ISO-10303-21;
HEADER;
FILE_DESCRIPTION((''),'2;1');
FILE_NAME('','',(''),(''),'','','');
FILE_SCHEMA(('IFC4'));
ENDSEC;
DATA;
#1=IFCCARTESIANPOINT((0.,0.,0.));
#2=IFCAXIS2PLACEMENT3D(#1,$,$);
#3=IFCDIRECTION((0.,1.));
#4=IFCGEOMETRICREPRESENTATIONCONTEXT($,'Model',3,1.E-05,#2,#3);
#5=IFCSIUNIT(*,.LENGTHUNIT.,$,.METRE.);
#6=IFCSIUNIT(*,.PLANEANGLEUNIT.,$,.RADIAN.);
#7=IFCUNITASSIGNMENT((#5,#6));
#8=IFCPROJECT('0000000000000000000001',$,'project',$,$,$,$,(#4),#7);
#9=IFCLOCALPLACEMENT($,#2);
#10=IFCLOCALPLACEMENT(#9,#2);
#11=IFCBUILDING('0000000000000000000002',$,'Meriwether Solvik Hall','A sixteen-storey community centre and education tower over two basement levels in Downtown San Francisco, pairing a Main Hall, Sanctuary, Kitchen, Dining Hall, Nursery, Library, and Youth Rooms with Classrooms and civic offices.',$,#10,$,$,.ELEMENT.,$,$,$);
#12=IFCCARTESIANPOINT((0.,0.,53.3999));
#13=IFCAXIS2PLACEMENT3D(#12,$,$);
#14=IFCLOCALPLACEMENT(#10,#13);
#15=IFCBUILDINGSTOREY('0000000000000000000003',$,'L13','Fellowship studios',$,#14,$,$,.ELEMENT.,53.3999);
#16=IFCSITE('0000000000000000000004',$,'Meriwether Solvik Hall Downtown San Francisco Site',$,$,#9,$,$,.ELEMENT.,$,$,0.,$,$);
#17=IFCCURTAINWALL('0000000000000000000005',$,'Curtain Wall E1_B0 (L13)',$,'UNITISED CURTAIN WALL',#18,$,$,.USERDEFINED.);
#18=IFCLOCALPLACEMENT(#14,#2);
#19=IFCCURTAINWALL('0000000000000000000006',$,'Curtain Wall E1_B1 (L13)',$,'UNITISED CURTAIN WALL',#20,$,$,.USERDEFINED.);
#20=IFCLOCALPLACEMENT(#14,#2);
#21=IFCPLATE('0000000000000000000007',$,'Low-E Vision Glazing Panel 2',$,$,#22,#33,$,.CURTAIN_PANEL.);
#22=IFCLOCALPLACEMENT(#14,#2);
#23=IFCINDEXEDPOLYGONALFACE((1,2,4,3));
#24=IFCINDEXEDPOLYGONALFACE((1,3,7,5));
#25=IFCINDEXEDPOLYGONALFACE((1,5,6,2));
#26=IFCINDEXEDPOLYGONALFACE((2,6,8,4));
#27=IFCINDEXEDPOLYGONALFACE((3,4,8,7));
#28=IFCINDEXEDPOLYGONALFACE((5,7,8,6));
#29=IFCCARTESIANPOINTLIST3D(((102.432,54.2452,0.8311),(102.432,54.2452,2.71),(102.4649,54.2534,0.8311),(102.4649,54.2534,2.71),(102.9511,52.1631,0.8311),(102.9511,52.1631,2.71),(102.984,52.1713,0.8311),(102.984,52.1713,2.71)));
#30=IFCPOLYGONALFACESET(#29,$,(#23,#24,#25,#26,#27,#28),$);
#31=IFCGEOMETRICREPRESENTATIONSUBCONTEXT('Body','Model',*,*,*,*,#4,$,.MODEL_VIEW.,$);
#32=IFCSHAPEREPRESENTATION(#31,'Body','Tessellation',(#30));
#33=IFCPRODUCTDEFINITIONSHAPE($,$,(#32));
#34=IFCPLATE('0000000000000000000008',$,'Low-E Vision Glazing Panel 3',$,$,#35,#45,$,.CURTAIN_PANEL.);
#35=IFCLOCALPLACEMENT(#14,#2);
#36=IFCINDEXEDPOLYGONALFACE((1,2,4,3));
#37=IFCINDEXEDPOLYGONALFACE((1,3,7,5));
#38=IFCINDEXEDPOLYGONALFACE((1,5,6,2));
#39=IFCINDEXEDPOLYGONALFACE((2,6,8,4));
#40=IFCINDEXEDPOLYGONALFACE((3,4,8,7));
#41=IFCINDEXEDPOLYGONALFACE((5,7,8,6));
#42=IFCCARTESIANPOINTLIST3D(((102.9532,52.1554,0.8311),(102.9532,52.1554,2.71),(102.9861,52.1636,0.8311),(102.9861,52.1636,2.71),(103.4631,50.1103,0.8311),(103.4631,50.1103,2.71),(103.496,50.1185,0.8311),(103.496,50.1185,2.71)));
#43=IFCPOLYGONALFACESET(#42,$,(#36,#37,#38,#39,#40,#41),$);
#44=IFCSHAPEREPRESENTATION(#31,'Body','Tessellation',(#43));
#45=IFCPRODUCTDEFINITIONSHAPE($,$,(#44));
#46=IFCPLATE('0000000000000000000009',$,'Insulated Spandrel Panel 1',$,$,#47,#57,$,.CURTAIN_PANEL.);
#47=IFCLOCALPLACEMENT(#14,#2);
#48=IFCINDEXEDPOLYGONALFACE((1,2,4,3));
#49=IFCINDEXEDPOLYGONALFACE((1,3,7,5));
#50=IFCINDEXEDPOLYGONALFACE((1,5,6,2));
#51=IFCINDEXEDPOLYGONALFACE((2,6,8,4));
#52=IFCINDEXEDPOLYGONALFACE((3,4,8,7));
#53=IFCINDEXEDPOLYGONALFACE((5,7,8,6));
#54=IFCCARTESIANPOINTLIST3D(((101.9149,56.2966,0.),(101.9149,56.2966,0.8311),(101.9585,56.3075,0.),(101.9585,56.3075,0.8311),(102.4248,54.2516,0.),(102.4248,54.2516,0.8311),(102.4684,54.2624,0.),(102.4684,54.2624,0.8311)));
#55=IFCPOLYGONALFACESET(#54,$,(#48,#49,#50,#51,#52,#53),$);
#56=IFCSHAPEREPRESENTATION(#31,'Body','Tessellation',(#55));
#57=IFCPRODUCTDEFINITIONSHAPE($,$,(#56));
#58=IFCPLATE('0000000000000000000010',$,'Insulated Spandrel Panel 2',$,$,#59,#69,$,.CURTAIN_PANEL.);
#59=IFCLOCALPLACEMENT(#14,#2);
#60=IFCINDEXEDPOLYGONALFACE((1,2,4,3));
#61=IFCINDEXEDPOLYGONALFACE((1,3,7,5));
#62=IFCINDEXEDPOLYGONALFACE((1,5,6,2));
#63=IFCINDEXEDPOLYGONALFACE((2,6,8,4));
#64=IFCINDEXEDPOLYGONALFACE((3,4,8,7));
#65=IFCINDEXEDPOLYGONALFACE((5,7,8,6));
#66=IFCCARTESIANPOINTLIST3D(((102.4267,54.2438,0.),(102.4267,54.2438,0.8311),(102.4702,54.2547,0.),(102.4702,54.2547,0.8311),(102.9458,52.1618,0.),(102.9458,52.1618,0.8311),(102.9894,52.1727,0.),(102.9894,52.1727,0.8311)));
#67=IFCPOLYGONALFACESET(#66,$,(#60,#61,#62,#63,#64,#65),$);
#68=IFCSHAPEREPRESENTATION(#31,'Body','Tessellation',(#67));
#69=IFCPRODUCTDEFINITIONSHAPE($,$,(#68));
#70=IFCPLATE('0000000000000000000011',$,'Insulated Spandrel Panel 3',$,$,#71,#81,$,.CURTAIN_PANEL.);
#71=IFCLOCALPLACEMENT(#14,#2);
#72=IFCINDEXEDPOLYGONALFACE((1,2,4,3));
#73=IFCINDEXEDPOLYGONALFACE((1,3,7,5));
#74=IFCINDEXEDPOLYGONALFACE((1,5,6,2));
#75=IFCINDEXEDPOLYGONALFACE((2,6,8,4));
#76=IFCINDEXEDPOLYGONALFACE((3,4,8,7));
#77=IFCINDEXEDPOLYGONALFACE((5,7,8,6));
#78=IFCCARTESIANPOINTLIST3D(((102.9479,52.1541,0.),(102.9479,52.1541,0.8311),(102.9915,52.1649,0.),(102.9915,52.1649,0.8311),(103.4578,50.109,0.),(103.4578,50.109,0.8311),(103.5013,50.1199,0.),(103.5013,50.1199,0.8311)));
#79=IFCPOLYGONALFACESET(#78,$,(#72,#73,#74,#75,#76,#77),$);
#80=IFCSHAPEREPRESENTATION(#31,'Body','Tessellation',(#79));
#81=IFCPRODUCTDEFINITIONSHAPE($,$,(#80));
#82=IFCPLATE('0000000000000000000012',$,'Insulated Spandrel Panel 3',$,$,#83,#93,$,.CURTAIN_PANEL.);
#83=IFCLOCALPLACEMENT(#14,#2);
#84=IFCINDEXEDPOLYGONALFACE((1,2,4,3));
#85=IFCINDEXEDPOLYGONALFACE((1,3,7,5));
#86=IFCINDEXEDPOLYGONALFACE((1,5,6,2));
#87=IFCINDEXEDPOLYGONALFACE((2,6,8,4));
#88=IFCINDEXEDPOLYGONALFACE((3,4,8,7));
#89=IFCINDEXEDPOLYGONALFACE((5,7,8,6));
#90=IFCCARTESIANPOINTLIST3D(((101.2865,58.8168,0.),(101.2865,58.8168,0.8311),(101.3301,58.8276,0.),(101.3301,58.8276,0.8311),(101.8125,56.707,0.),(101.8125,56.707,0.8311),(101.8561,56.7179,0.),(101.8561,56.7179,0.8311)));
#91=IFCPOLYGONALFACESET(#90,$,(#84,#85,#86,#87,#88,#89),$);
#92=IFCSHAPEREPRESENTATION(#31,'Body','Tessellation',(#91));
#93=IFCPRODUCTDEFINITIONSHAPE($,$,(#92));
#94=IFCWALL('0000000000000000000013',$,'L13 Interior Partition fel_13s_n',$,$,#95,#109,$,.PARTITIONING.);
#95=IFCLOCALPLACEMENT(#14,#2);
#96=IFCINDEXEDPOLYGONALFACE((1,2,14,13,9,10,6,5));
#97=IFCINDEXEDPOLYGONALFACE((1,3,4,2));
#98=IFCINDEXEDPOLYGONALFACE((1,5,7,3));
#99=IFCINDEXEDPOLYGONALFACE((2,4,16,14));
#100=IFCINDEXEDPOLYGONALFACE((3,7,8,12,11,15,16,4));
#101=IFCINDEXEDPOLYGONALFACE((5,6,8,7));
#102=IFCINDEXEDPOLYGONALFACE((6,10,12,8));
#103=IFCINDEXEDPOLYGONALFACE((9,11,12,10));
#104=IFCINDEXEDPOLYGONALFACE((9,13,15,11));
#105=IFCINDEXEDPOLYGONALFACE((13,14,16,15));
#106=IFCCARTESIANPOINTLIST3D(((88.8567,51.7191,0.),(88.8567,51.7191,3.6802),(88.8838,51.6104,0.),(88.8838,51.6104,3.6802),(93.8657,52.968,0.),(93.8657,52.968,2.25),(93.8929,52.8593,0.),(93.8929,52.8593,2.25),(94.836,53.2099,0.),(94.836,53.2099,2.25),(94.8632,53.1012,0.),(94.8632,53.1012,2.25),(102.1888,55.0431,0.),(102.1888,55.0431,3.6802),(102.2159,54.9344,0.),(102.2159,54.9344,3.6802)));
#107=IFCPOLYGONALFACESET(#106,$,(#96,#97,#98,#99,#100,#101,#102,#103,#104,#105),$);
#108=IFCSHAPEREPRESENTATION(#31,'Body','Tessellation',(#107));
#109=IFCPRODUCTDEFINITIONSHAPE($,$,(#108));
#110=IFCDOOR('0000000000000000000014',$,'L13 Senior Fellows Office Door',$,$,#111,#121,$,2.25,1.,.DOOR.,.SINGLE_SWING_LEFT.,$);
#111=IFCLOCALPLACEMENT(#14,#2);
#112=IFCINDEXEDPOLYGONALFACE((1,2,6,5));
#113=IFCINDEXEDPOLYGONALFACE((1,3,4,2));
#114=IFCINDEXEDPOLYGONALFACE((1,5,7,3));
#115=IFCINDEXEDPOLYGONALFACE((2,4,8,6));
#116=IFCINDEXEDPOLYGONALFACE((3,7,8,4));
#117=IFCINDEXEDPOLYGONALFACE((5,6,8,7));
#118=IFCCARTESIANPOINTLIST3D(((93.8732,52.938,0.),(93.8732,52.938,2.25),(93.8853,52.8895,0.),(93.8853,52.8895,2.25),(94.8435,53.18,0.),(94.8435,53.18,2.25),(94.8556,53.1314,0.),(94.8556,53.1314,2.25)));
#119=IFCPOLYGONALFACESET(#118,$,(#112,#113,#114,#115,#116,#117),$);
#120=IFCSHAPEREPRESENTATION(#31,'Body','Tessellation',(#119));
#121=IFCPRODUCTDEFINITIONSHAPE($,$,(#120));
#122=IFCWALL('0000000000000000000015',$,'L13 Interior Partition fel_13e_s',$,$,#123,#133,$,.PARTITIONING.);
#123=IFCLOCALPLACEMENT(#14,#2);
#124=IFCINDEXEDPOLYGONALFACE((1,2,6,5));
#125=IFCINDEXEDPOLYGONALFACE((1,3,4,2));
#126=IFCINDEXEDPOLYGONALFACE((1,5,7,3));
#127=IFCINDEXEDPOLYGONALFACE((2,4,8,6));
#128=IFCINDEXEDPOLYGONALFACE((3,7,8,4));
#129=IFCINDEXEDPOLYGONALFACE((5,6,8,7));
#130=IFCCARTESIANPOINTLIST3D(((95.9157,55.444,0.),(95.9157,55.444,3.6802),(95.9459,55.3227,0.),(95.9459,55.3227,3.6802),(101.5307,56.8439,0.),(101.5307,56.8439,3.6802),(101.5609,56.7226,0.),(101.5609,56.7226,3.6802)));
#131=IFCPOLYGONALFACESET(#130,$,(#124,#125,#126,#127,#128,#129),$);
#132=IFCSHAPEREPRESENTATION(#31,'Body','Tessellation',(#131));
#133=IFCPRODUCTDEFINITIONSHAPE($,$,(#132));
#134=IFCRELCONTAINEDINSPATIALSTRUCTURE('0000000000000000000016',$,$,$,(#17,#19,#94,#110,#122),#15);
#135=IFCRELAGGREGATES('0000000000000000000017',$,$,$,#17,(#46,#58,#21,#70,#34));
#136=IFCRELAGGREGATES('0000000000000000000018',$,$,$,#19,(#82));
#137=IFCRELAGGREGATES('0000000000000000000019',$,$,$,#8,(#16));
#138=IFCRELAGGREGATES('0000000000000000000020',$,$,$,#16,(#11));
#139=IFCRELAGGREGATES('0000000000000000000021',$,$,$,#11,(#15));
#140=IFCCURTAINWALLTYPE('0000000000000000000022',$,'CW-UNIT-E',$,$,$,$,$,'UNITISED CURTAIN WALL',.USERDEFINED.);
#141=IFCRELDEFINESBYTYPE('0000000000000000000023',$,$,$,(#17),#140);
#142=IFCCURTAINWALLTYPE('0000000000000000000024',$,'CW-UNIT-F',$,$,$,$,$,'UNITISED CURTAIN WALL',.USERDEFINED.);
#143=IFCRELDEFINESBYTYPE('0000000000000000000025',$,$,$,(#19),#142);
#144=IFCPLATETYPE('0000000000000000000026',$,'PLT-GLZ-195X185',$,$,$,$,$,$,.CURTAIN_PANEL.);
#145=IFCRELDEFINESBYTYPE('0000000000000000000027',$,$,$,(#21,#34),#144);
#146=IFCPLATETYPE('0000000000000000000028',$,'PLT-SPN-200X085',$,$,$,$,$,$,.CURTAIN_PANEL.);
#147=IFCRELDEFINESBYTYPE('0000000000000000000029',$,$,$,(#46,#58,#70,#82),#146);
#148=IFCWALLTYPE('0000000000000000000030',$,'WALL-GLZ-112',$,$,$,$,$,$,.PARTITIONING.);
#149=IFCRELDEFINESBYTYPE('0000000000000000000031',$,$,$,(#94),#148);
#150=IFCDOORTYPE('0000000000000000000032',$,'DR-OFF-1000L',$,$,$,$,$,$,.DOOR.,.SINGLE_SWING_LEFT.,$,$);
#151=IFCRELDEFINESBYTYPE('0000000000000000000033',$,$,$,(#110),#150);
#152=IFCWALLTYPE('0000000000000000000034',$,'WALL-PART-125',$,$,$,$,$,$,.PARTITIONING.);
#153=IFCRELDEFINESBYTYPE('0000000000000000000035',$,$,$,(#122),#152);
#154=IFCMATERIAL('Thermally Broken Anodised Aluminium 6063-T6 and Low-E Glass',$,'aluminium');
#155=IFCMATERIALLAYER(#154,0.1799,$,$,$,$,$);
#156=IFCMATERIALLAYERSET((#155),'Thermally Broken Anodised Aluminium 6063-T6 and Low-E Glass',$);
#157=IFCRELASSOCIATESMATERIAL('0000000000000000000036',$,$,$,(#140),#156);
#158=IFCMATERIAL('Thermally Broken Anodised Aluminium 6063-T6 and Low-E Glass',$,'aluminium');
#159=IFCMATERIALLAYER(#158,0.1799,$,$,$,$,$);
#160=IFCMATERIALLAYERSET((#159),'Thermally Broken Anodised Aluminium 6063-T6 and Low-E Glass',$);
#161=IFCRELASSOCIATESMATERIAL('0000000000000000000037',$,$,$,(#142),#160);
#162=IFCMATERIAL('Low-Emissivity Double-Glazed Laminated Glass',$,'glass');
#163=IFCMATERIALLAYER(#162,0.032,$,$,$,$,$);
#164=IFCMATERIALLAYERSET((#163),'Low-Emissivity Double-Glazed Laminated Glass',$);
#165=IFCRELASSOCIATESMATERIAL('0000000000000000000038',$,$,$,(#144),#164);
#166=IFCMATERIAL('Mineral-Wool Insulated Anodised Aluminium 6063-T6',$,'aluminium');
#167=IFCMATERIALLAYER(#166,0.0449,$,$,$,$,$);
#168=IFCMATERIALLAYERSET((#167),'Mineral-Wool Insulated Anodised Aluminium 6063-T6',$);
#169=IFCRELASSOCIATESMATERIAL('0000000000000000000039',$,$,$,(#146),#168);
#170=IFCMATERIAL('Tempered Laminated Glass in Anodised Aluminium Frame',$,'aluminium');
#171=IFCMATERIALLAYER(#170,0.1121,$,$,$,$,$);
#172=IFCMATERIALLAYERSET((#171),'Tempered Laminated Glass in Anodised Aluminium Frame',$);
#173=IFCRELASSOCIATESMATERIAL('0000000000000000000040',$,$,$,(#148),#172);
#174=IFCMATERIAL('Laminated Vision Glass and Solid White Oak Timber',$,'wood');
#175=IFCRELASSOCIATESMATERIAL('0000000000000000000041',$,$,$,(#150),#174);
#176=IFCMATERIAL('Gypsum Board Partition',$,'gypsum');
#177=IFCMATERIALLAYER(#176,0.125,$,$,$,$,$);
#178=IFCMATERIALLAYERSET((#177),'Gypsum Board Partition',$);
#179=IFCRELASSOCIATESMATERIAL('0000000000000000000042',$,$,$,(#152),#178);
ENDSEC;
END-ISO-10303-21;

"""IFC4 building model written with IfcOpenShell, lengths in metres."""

from ifc_helpers import new_model, si_unit, direction, frame, frame_2d, origin, origin_2d, place, context, subcontext, project, spatial, rectangle, extrude, material, layer, layer_set, type_object, element, fill, aggregate, save


model = new_model("IFC4")

# Units and contexts
model_context = context("Model", 3, precision=1e-05, world=origin(), true_north=direction((0.0, 1.0)))
body_context = subcontext(model_context, "Body", "Model", "MODEL_VIEW")
ifc_project = project(units=[si_unit("LENGTHUNIT", "METRE"), si_unit("PLANEANGLEUNIT", "RADIAN")], contexts=[model_context])

# Site, building, storey
site_placement = place(None, origin())
site = spatial("IfcSite", under=ifc_project, at=site_placement, Name="Meriwether Solvik Hall Downtown San Francisco Site", CompositionType="ELEMENT", RefElevation=0.0)
building_placement = place(site_placement, origin())
building = spatial("IfcBuilding", under=site, at=building_placement, Name="Meriwether Solvik Hall", Description="A sixteen-storey community centre and education tower over two basement levels in Downtown San Francisco, pairing a Main Hall, Sanctuary, Kitchen, Dining Hall, Nursery, Library, and Youth Rooms with Classrooms and civic offices.", CompositionType="ELEMENT")
storey_placement = place(building_placement, frame((0.0, 0.0, 53.3999)))
storey = spatial("IfcBuildingStorey", under=building, at=storey_placement, Name="L13", Description="Fellowship studios", CompositionType="ELEMENT", Elevation=53.3999)

# Curtain walls
ifc_material_1 = material(Name="Thermally Broken Anodised Aluminium 6063-T6 and Low-E Glass", Category="aluminium")
ifc_layer_1 = layer(ifc_material_1, 0.1799)
ifc_layer_set_1 = layer_set([ifc_layer_1], Name="Thermally Broken Anodised Aluminium 6063-T6 and Low-E Glass")
curtain_wall_type_1 = type_object("IfcCurtainWallType", Name="CW-UNIT-E", ElementType="UNITISED CURTAIN WALL", PredefinedType="USERDEFINED", material=ifc_layer_set_1)
curtain_wall_1_placement = place(storey_placement, origin())
curtain_wall_1 = element("IfcCurtainWall", 1, at=curtain_wall_1_placement, inside=storey, type_object=curtain_wall_type_1, Name="Curtain Wall E1_B0 (L13)", ObjectType="UNITISED CURTAIN WALL", PredefinedType="USERDEFINED")
ifc_material_2 = material(Name="Thermally Broken Anodised Aluminium 6063-T6 and Low-E Glass", Category="aluminium")
ifc_layer_2 = layer(ifc_material_2, 0.1799)
ifc_layer_set_2 = layer_set([ifc_layer_2], Name="Thermally Broken Anodised Aluminium 6063-T6 and Low-E Glass")
curtain_wall_type_2 = type_object("IfcCurtainWallType", Name="CW-UNIT-F", ElementType="UNITISED CURTAIN WALL", PredefinedType="USERDEFINED", material=ifc_layer_set_2)
curtain_wall_2_placement = place(storey_placement, origin())
curtain_wall_2 = element("IfcCurtainWall", 2, at=curtain_wall_2_placement, inside=storey, type_object=curtain_wall_type_2, Name="Curtain Wall E1_B1 (L13)", ObjectType="UNITISED CURTAIN WALL", PredefinedType="USERDEFINED")

# Plates
ifc_material_3 = material(Name="Low-Emissivity Double-Glazed Laminated Glass", Category="glass")
ifc_layer_3 = layer(ifc_material_3, 0.032)
ifc_layer_set_3 = layer_set([ifc_layer_3], Name="Low-Emissivity Double-Glazed Laminated Glass")
plate_type_1 = type_object("IfcPlateType", Name="PLT-GLZ-195X185", PredefinedType="CURTAIN_PANEL", material=ifc_layer_set_3)
plate_1_placement = place(storey_placement, frame((102.708, 53.2083, 0.8311), z_axis=(0.0, 0.0, 1.0), x_axis=(0.241922, -0.970296, 0.0)))
plate_1 = element("IfcPlate", 3, at=plate_1_placement, type_object=plate_type_1, Name="Low-E Vision Glazing Panel 2", PredefinedType="CURTAIN_PANEL", context=body_context, shape_type="SweptSolid", body=[
    extrude(rectangle(XDim=2.1458, YDim=0.0339, at=origin_2d()), origin(), (0.0, 0.0, 1.0), 1.8789),
])
plate_2_placement = place(storey_placement, frame((103.2246, 51.137, 0.8311), z_axis=(0.0, 0.0, 1.0), x_axis=(0.241922, -0.970296, 0.0)))
plate_2 = element("IfcPlate", 4, at=plate_2_placement, type_object=plate_type_1, Name="Low-E Vision Glazing Panel 3", PredefinedType="CURTAIN_PANEL", context=body_context, shape_type="SweptSolid", body=[
    extrude(rectangle(XDim=2.1077, YDim=0.0339, at=origin_2d()), origin(), (0.0, 0.0, 1.0), 1.8789),
])
ifc_material_4 = material(Name="Mineral-Wool Insulated Anodised Aluminium 6063-T6", Category="aluminium")
ifc_layer_4 = layer(ifc_material_4, 0.0449)
ifc_layer_set_4 = layer_set([ifc_layer_4], Name="Mineral-Wool Insulated Anodised Aluminium 6063-T6")
plate_type_2 = type_object("IfcPlateType", Name="PLT-SPN-200X085", PredefinedType="CURTAIN_PANEL", material=ifc_layer_set_4)
plate_3_placement = place(storey_placement, frame((102.1917, 55.2795, 0.0), z_axis=(0.0, 0.0, 1.0), x_axis=(0.241922, -0.970296, 0.0)))
plate_3 = element("IfcPlate", 5, at=plate_3_placement, type_object=plate_type_2, Name="Insulated Spandrel Panel 1", PredefinedType="CURTAIN_PANEL", context=body_context, shape_type="SweptSolid", body=[
    extrude(rectangle(XDim=2.1077, YDim=0.0449, at=origin_2d()), origin(), (0.0, 0.0, 1.0), 0.8311),
])
plate_4_placement = place(storey_placement, frame((102.708, 53.2083, 0.0), z_axis=(0.0, 0.0, 1.0), x_axis=(0.241922, -0.970296, 0.0)))
plate_4 = element("IfcPlate", 6, at=plate_4_placement, type_object=plate_type_2, Name="Insulated Spandrel Panel 2", PredefinedType="CURTAIN_PANEL", context=body_context, shape_type="SweptSolid", body=[
    extrude(rectangle(XDim=2.1458, YDim=0.0449, at=origin_2d()), origin(), (0.0, 0.0, 1.0), 0.8311),
])
plate_5_placement = place(storey_placement, frame((103.2246, 51.137, 0.0), z_axis=(0.0, 0.0, 1.0), x_axis=(0.241922, -0.970296, 0.0)))
plate_5 = element("IfcPlate", 7, at=plate_5_placement, type_object=plate_type_2, Name="Insulated Spandrel Panel 3", PredefinedType="CURTAIN_PANEL", context=body_context, shape_type="SweptSolid", body=[
    extrude(rectangle(XDim=2.1077, YDim=0.0449, at=origin_2d()), origin(), (0.0, 0.0, 1.0), 0.8311),
])
aggregate(curtain_wall_1, [plate_3, plate_4, plate_1, plate_5, plate_2])
plate_6_placement = place(storey_placement, frame((101.5713, 57.7673, 0.0), z_axis=(0.0, 0.0, 1.0), x_axis=(0.241922, -0.970296, 0.0)))
plate_6 = element("IfcPlate", 8, at=plate_6_placement, type_object=plate_type_2, Name="Insulated Spandrel Panel 3", PredefinedType="CURTAIN_PANEL", context=body_context, shape_type="SweptSolid", body=[
    extrude(rectangle(XDim=2.1743, YDim=0.0449, at=origin_2d()), origin(), (0.0, 0.0, 1.0), 0.8311),
])
aggregate(curtain_wall_2, [plate_6])

# Wall, opening, door
ifc_material_5 = material(Name="Tempered Laminated Glass in Anodised Aluminium Frame", Category="aluminium")
ifc_layer_5 = layer(ifc_material_5, 0.1121)
ifc_layer_set_5 = layer_set([ifc_layer_5], Name="Tempered Laminated Glass in Anodised Aluminium Frame")
wall_type_1 = type_object("IfcWallType", Name="WALL-GLZ-112", PredefinedType="PARTITIONING", material=ifc_layer_set_5)
wall_1_placement = place(storey_placement, frame((102.2024, 54.9888, 0.0), z_axis=(0.0, 0.0, 1.0), x_axis=(-0.970297, -0.241917, 0.0)))
wall_1 = element("IfcWall", 9, at=wall_1_placement, inside=storey, type_object=wall_type_1, Name="L13 Interior Partition fel_13s_n", PredefinedType="PARTITIONING", context=body_context, shape_type="SweptSolid", body=[
    extrude(rectangle(XDim=13.7402, YDim=0.1121, at=frame_2d((6.8701, 0.0))), origin(), (0.0, 0.0, 1.0), 3.6802),
])
opening_placement = place(wall_1_placement, frame((7.5779, 0.0, 0.0)))
opening = element("IfcOpeningElement", 10, at=opening_placement, cuts=wall_1, PredefinedType="OPENING", context=body_context, shape_type="SweptSolid", body=[
    extrude(rectangle(XDim=1.0, YDim=2.25, at=frame_2d((0.5, 1.125))), frame((0.0, 0.0679, 0.0), z_axis=(0.0, -1.0, 0.0), x_axis=(1.0, 0.0, 0.0)), (0.0, 0.0, 1.0), 0.136),
])
ifc_material_6 = material(Name="Laminated Vision Glass and Solid White Oak Timber", Category="wood")
door_type = type_object("IfcDoorType", Name="DR-OFF-1000L", OperationType="SINGLE_SWING_LEFT", PredefinedType="DOOR", material=ifc_material_6)
door_placement = place(opening_placement, origin())
door = element("IfcDoor", 11, at=door_placement, inside=storey, type_object=door_type, Name="L13 Senior Fellows Office Door", OperationType="SINGLE_SWING_LEFT", OverallHeight=2.25, OverallWidth=1.0, PredefinedType="DOOR", context=body_context, shape_type="SweptSolid", body=[
    extrude(rectangle(XDim=1.0, YDim=2.25, at=frame_2d((0.5, 1.125))), frame((0.0, 0.0249, 0.0), z_axis=(0.0, -1.0, 0.0), x_axis=(1.0, 0.0, 0.0)), (0.0, 0.0, 1.0), 0.05),
])
fill(opening, door)

# Wall
ifc_material_7 = material(Name="Gypsum Board Partition", Category="gypsum")
ifc_layer_6 = layer(ifc_material_7, 0.125)
ifc_layer_set_6 = layer_set([ifc_layer_6], Name="Gypsum Board Partition")
wall_type_2 = type_object("IfcWallType", Name="WALL-PART-125", PredefinedType="PARTITIONING", material=ifc_layer_set_6)
wall_2_placement = place(storey_placement, frame((95.9307, 55.3833, 0.0), z_axis=(0.0, 0.0, 1.0), x_axis=(0.970299, 0.24191, 0.0)))
element("IfcWall", 12, at=wall_2_placement, inside=storey, type_object=wall_type_2, Name="L13 Interior Partition fel_13e_s", PredefinedType="PARTITIONING", context=body_context, shape_type="SweptSolid", body=[
    extrude(rectangle(XDim=5.7869, YDim=0.125, at=frame_2d((2.8936, 0.0))), origin(), (0.0, 0.0, 1.0), 3.6802),
])

save(model, "model.ifc")
